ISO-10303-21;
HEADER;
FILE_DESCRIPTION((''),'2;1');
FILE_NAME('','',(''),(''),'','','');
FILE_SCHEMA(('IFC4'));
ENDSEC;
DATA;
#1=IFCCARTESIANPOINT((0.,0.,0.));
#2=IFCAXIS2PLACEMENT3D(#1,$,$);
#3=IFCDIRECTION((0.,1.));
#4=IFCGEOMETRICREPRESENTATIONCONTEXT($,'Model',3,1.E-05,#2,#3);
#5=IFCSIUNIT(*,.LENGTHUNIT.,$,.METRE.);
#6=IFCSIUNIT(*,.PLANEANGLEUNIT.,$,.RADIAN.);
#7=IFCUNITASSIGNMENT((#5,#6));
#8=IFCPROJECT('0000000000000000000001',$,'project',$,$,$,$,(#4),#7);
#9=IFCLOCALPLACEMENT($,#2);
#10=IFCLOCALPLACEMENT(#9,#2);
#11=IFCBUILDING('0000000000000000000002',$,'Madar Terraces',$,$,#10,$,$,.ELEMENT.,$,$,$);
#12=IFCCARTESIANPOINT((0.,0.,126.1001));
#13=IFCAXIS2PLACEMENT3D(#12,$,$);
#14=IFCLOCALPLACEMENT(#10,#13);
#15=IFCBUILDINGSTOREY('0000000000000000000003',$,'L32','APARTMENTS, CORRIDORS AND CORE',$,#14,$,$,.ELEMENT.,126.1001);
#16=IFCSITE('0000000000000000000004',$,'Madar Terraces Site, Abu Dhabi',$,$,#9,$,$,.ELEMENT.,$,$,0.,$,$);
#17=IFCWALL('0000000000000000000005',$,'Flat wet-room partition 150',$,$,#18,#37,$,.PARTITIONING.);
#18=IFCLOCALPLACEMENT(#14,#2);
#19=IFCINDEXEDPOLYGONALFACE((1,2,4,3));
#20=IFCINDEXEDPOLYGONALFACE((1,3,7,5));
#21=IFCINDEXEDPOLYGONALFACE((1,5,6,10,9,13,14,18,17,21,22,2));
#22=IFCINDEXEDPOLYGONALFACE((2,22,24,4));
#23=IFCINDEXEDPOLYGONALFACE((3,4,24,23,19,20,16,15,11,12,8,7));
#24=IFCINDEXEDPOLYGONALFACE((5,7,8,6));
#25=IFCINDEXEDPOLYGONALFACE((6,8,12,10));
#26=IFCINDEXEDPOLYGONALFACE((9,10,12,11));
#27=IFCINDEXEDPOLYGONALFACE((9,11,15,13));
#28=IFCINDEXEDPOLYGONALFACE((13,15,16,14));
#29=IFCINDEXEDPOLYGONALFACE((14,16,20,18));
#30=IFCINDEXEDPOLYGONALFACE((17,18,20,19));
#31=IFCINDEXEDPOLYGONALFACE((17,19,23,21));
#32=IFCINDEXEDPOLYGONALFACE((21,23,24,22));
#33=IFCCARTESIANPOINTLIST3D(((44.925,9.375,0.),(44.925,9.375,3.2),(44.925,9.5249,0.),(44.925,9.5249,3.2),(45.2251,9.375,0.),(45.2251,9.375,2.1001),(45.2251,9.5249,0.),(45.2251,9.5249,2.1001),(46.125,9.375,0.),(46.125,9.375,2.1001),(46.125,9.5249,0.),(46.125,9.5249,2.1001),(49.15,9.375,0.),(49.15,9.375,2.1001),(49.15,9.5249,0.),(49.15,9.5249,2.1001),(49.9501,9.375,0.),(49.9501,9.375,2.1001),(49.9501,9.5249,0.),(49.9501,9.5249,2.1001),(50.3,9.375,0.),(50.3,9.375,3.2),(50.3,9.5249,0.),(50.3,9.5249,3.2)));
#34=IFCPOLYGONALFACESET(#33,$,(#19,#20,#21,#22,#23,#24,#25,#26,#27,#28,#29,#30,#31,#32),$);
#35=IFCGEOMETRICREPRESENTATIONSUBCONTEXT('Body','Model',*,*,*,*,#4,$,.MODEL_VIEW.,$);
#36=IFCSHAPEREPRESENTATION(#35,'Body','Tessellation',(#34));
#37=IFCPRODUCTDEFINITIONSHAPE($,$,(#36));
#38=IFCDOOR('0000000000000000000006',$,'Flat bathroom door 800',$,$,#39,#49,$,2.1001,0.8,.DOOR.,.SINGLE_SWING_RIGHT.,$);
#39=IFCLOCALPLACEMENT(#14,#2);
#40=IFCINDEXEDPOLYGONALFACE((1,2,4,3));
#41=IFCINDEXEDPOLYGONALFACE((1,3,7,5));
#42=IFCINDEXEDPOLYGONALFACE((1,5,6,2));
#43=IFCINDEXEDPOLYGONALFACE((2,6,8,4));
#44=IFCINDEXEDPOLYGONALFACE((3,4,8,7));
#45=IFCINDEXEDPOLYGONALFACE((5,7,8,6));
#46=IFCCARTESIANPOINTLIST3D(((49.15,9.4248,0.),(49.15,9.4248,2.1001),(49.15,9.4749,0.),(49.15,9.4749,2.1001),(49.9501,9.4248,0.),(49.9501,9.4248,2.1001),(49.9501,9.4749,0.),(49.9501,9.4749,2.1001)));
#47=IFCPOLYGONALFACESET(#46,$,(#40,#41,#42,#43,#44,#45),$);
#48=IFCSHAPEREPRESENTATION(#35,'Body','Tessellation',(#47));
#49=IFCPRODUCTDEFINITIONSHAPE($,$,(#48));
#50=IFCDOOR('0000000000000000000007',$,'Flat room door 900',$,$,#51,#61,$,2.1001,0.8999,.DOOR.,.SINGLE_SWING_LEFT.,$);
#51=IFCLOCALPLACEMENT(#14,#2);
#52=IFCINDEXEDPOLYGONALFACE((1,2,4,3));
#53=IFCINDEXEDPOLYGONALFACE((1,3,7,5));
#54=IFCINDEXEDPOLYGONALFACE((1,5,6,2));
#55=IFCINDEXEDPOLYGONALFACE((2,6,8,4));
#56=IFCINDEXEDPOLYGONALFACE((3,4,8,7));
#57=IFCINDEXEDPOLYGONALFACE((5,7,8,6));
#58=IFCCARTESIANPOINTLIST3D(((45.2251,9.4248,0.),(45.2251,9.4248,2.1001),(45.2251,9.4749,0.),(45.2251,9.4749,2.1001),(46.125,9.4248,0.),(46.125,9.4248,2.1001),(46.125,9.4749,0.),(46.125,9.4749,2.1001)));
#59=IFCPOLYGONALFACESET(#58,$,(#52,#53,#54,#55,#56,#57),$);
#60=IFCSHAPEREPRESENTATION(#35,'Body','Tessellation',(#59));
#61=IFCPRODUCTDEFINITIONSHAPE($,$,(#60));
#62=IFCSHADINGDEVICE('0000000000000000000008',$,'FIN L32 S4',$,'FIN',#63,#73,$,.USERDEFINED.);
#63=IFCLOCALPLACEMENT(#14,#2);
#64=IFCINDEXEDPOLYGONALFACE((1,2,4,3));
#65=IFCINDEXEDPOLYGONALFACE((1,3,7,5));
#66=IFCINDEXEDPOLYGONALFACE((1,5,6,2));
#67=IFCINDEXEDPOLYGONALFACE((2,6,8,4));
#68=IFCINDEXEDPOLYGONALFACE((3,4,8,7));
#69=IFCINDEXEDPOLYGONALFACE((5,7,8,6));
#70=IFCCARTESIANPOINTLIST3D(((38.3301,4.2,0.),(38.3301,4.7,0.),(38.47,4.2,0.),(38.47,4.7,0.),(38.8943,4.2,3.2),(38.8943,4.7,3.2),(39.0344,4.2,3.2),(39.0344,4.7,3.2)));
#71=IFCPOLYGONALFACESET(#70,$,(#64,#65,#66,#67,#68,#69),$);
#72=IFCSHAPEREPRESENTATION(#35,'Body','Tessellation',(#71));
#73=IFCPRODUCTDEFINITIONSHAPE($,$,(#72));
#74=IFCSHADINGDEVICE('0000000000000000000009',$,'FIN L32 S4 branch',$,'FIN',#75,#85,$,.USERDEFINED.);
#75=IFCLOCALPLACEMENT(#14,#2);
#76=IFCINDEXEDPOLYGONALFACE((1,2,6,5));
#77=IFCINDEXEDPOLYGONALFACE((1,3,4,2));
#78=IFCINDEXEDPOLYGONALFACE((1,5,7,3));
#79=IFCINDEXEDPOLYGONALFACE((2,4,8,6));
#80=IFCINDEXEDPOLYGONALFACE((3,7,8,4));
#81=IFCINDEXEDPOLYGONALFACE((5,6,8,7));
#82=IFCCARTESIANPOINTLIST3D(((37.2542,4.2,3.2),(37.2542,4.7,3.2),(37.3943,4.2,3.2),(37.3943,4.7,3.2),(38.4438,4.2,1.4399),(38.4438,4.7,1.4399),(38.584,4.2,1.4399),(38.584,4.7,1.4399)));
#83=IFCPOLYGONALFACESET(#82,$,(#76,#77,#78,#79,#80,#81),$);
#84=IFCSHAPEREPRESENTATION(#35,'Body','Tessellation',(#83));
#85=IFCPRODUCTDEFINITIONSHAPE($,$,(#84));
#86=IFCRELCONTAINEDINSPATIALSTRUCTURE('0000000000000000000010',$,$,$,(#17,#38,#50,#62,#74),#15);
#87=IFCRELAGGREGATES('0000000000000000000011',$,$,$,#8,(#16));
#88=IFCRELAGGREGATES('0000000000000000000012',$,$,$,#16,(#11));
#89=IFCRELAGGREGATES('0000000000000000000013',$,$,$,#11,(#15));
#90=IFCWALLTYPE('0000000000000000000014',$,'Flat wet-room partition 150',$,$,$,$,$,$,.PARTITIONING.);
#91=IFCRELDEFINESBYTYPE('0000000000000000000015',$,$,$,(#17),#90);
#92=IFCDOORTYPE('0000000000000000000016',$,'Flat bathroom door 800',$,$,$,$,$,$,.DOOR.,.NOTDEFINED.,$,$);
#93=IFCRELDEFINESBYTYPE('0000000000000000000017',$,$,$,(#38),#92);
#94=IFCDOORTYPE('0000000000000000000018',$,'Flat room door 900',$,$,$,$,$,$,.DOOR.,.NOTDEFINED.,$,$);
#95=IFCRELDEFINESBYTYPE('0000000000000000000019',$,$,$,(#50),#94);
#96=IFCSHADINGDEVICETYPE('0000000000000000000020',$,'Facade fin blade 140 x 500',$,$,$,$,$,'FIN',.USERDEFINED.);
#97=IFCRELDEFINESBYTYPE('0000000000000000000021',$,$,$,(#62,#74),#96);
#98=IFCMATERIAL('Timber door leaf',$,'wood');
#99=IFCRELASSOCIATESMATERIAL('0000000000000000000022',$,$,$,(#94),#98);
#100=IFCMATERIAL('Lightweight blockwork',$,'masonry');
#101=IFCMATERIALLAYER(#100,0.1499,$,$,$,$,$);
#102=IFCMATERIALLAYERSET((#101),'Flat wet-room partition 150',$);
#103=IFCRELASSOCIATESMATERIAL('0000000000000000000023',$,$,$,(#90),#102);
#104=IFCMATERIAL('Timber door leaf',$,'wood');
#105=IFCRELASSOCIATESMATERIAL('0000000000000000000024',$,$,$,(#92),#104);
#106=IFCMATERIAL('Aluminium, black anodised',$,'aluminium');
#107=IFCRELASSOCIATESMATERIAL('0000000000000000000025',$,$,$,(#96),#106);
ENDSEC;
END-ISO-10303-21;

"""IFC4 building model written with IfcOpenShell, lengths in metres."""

from ifc_helpers import new_model, si_unit, direction, frame, frame_2d, origin, place, context, subcontext, project, spatial, polyline, rectangle, outline, extrude, material, layer, layer_set, type_object, element, fill, save


model = new_model("IFC4")

# Units and contexts
model_context = context("Model", 3, precision=1e-05, world=origin(), true_north=direction((0.0, 1.0)))
body_context = subcontext(model_context, "Body", "Model", "MODEL_VIEW")
ifc_project = project(units=[si_unit("LENGTHUNIT", "METRE"), si_unit("PLANEANGLEUNIT", "RADIAN")], contexts=[model_context])

# Site, building, storey
site_placement = place(None, origin())
site = spatial("IfcSite", under=ifc_project, at=site_placement, Name="Madar Terraces Site, Abu Dhabi", CompositionType="ELEMENT", RefElevation=0.0)
building_placement = place(site_placement, origin())
building = spatial("IfcBuilding", under=site, at=building_placement, Name="Madar Terraces", CompositionType="ELEMENT")
storey_placement = place(building_placement, frame((0.0, 0.0, 126.1001)))
storey = spatial("IfcBuildingStorey", under=building, at=storey_placement, Name="L32", Description="APARTMENTS, CORRIDORS AND CORE", CompositionType="ELEMENT", Elevation=126.1001)

# Shared definitions
ifc_material_1 = material(Name="Timber door leaf", Category="wood")
door_type_1 = type_object("IfcDoorType", Name="Flat room door 900", OperationType="NOTDEFINED", PredefinedType="DOOR", material=ifc_material_1)

# Shared definitions
ifc_material_2 = material(Name="Lightweight blockwork", Category="masonry")
ifc_layer_1 = layer(ifc_material_2, 0.1499)
ifc_layer_set_1 = layer_set([ifc_layer_1], Name="Flat wet-room partition 150")
wall_type_1 = type_object("IfcWallType", Name="Flat wet-room partition 150", PredefinedType="PARTITIONING", material=ifc_layer_set_1)

# Wall, openings, doors
wall_1_placement = place(storey_placement, frame((44.925, 9.45, 0.0), z_axis=(0.0, 0.0, 1.0), x_axis=(1.0, 0.0, 0.0)))
wall_1 = element("IfcWall", 1, at=wall_1_placement, inside=storey, type_object=wall_type_1, Name="Flat wet-room partition 150", PredefinedType="PARTITIONING", context=body_context, shape_type="SweptSolid", body=[
    extrude(rectangle(XDim=5.375, YDim=0.1499, at=frame_2d((2.6875, 0.0))), origin(), (0.0, 0.0, 1.0), 3.2),
])
opening_1_placement = place(wall_1_placement, frame((0.3, 0.0, 0.0)))
opening_1 = element("IfcOpeningElement", 2, at=opening_1_placement, cuts=wall_1, PredefinedType="OPENING", context=body_context, shape_type="SweptSolid", body=[
    extrude(rectangle(XDim=0.8999, YDim=2.1001, at=frame_2d((0.45, 1.05))), frame((0.0, 0.085, 0.0), z_axis=(0.0, -1.0, 0.0), x_axis=(1.0, 0.0, 0.0)), (0.0, 0.0, 1.0), 0.1699),
])
opening_2_placement = place(wall_1_placement, frame((4.2251, 0.0, 0.0)))
opening_2 = element("IfcOpeningElement", 3, at=opening_2_placement, cuts=wall_1, PredefinedType="OPENING", context=body_context, shape_type="SweptSolid", body=[
    extrude(rectangle(XDim=0.8, YDim=2.1001, at=frame_2d((0.3999, 1.05))), frame((0.0, 0.085, 0.0), z_axis=(0.0, -1.0, 0.0), x_axis=(1.0, 0.0, 0.0)), (0.0, 0.0, 1.0), 0.1699),
])
ifc_material_3 = material(Name="Timber door leaf", Category="wood")
door_type_2 = type_object("IfcDoorType", Name="Flat bathroom door 800", OperationType="NOTDEFINED", PredefinedType="DOOR", material=ifc_material_3)
door_1_placement = place(opening_2_placement, origin())
door_1 = element("IfcDoor", 4, at=door_1_placement, inside=storey, type_object=door_type_2, Name="Flat bathroom door 800", OperationType="SINGLE_SWING_RIGHT", OverallHeight=2.1001, OverallWidth=0.8, PredefinedType="DOOR", context=body_context, shape_type="SweptSolid", body=[
    extrude(rectangle(XDim=0.8, YDim=2.1001, at=frame_2d((0.3999, 1.05))), frame((0.0, 0.0249, 0.0), z_axis=(0.0, -1.0, 0.0), x_axis=(1.0, 0.0, 0.0)), (0.0, 0.0, 1.0), 0.05),
])
fill(opening_2, door_1)
door_2_placement = place(opening_1_placement, origin())
door_2 = element("IfcDoor", 5, at=door_2_placement, inside=storey, type_object=door_type_1, Name="Flat room door 900", OperationType="SINGLE_SWING_LEFT", OverallHeight=2.1001, OverallWidth=0.8999, PredefinedType="DOOR", context=body_context, shape_type="SweptSolid", body=[
    extrude(rectangle(XDim=0.8999, YDim=2.1001, at=frame_2d((0.45, 1.05))), frame((0.0, 0.0249, 0.0), z_axis=(0.0, -1.0, 0.0), x_axis=(1.0, 0.0, 0.0)), (0.0, 0.0, 1.0), 0.05),
])
fill(opening_1, door_2)

# Shading devices
ifc_material_4 = material(Name="Aluminium, black anodised", Category="aluminium")
shading_device_type = type_object("IfcShadingDeviceType", Name="Facade fin blade 140 x 500", ElementType="FIN", PredefinedType="USERDEFINED", material=ifc_material_4)
shading_device_1_placement = place(storey_placement, frame((38.3301, 4.45, 0.0), z_axis=(0.0, 0.0, 1.0), x_axis=(1.0, 0.0, 0.0)))
element("IfcShadingDevice", 6, at=shading_device_1_placement, inside=storey, type_object=shading_device_type, Name="FIN L32 S4", ObjectType="FIN", PredefinedType="USERDEFINED", context=body_context, shape_type="SweptSolid", body=[
    extrude(outline(polyline([(0.0, 0.0), (0.1399, 0.0), (0.7043, 3.2), (0.5642, 3.2), (0.0, 0.0)])), frame((0.0, 0.25, 0.0), z_axis=(0.0, -1.0, 0.0), x_axis=(1.0, 0.0, 0.0)), (0.0, 0.0, 1.0), 0.5),
])
shading_device_2_placement = place(storey_placement, frame((38.4438, 4.45, 1.4399), z_axis=(0.0, 0.0, 1.0), x_axis=(1.0, 0.0, 0.0)))
element("IfcShadingDevice", 7, at=shading_device_2_placement, inside=storey, type_object=shading_device_type, Name="FIN L32 S4 branch", ObjectType="FIN", PredefinedType="USERDEFINED", context=body_context, shape_type="SweptSolid", body=[
    extrude(outline(polyline([(0.0, 0.0), (0.1401, 0.0), (-1.0496, 1.76), (-1.1897, 1.76), (0.0, 0.0)])), frame((0.0, 0.25, 0.0), z_axis=(0.0, -1.0, 0.0), x_axis=(1.0, 0.0, 0.0)), (0.0, 0.0, 1.0), 0.5),
])

save(model, "model.ifc")
